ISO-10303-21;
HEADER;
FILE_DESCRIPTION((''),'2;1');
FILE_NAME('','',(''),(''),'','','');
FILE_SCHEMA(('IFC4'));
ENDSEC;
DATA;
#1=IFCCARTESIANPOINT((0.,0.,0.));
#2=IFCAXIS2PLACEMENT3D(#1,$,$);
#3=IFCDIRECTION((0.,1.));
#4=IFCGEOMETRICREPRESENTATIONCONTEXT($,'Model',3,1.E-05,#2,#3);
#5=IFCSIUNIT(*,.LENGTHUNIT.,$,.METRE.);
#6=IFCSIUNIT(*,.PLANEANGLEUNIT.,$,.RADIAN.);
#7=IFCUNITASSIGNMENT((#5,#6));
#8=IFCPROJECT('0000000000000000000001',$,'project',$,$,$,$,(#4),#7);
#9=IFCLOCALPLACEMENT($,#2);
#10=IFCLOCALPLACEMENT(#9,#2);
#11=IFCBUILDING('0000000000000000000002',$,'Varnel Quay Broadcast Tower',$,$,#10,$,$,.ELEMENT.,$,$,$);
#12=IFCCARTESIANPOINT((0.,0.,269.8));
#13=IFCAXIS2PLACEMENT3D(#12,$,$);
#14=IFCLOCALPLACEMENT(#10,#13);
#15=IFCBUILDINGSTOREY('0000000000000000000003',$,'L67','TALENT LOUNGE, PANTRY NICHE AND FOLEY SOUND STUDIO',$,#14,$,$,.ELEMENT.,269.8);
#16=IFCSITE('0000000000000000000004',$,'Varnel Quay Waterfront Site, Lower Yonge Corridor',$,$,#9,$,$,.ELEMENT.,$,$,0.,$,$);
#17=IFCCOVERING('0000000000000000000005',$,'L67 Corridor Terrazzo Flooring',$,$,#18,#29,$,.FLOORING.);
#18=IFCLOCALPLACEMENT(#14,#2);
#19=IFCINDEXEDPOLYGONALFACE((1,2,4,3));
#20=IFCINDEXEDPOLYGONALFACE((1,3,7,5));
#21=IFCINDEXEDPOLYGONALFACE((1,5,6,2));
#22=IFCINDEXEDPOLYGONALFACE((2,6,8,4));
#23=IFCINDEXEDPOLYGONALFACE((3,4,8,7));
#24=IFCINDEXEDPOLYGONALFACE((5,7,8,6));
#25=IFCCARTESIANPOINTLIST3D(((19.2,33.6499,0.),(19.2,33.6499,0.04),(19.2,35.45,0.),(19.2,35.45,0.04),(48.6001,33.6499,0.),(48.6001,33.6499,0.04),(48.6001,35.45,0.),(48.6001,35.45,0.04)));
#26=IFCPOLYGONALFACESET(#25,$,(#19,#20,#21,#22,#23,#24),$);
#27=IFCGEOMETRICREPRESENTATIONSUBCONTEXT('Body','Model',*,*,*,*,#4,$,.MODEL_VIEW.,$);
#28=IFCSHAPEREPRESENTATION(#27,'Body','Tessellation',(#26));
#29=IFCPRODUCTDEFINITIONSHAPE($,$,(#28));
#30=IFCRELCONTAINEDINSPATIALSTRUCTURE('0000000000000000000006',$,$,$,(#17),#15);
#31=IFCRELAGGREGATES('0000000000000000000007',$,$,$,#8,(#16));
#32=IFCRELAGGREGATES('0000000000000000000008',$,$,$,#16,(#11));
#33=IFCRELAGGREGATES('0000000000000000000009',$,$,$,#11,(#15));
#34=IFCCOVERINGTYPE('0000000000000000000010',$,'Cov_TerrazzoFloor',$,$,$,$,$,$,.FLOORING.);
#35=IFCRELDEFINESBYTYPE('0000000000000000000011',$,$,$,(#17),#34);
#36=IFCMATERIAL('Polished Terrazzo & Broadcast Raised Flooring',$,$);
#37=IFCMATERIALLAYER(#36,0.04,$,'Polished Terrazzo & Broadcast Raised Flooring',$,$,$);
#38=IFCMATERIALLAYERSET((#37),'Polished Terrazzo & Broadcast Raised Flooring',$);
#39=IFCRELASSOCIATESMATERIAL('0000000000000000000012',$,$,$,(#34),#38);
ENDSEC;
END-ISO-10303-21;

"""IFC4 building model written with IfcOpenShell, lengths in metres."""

from ifc_helpers import new_model, si_unit, direction, frame, origin, place, context, subcontext, project, spatial, polyline, outline, extrude, material, layer, layer_set, type_object, element, save


model = new_model("IFC4")

# Units and contexts
model_context = context("Model", 3, precision=1e-05, world=origin(), true_north=direction((0.0, 1.0)))
body_context = subcontext(model_context, "Body", "Model", "MODEL_VIEW")
ifc_project = project(units=[si_unit("LENGTHUNIT", "METRE"), si_unit("PLANEANGLEUNIT", "RADIAN")], contexts=[model_context])

# Site, building, storey
site_placement = place(None, origin())
site = spatial("IfcSite", under=ifc_project, at=site_placement, Name="Varnel Quay Waterfront Site, Lower Yonge Corridor", CompositionType="ELEMENT", RefElevation=0.0)
building_placement = place(site_placement, origin())
building = spatial("IfcBuilding", under=site, at=building_placement, Name="Varnel Quay Broadcast Tower", CompositionType="ELEMENT")
storey_placement = place(building_placement, frame((0.0, 0.0, 269.8)))
storey = spatial("IfcBuildingStorey", under=building, at=storey_placement, Name="L67", Description="TALENT LOUNGE, PANTRY NICHE AND FOLEY SOUND STUDIO", CompositionType="ELEMENT", Elevation=269.8)

# Covering
ifc_material_1 = material(Name="Polished Terrazzo & Broadcast Raised Flooring")
ifc_layer_1 = layer(ifc_material_1, 0.04, Name="Polished Terrazzo & Broadcast Raised Flooring")
ifc_layer_set_1 = layer_set([ifc_layer_1], Name="Polished Terrazzo & Broadcast Raised Flooring")
covering_type_1 = type_object("IfcCoveringType", Name="Cov_TerrazzoFloor", PredefinedType="FLOORING", material=ifc_layer_set_1)
covering_1_placement = place(storey_placement, origin())
element("IfcCovering", 1, at=covering_1_placement, inside=storey, type_object=covering_type_1, Name="L67 Corridor Terrazzo Flooring", PredefinedType="FLOORING", context=body_context, shape_type="SweptSolid", body=[
    extrude(outline(polyline([(19.2, 33.6499), (48.6001, 33.6499), (48.6001, 35.45), (19.2, 35.45), (19.2, 33.6499)])), origin(), (0.0, 0.0, 1.0), 0.04),
])

save(model, "model.ifc")
